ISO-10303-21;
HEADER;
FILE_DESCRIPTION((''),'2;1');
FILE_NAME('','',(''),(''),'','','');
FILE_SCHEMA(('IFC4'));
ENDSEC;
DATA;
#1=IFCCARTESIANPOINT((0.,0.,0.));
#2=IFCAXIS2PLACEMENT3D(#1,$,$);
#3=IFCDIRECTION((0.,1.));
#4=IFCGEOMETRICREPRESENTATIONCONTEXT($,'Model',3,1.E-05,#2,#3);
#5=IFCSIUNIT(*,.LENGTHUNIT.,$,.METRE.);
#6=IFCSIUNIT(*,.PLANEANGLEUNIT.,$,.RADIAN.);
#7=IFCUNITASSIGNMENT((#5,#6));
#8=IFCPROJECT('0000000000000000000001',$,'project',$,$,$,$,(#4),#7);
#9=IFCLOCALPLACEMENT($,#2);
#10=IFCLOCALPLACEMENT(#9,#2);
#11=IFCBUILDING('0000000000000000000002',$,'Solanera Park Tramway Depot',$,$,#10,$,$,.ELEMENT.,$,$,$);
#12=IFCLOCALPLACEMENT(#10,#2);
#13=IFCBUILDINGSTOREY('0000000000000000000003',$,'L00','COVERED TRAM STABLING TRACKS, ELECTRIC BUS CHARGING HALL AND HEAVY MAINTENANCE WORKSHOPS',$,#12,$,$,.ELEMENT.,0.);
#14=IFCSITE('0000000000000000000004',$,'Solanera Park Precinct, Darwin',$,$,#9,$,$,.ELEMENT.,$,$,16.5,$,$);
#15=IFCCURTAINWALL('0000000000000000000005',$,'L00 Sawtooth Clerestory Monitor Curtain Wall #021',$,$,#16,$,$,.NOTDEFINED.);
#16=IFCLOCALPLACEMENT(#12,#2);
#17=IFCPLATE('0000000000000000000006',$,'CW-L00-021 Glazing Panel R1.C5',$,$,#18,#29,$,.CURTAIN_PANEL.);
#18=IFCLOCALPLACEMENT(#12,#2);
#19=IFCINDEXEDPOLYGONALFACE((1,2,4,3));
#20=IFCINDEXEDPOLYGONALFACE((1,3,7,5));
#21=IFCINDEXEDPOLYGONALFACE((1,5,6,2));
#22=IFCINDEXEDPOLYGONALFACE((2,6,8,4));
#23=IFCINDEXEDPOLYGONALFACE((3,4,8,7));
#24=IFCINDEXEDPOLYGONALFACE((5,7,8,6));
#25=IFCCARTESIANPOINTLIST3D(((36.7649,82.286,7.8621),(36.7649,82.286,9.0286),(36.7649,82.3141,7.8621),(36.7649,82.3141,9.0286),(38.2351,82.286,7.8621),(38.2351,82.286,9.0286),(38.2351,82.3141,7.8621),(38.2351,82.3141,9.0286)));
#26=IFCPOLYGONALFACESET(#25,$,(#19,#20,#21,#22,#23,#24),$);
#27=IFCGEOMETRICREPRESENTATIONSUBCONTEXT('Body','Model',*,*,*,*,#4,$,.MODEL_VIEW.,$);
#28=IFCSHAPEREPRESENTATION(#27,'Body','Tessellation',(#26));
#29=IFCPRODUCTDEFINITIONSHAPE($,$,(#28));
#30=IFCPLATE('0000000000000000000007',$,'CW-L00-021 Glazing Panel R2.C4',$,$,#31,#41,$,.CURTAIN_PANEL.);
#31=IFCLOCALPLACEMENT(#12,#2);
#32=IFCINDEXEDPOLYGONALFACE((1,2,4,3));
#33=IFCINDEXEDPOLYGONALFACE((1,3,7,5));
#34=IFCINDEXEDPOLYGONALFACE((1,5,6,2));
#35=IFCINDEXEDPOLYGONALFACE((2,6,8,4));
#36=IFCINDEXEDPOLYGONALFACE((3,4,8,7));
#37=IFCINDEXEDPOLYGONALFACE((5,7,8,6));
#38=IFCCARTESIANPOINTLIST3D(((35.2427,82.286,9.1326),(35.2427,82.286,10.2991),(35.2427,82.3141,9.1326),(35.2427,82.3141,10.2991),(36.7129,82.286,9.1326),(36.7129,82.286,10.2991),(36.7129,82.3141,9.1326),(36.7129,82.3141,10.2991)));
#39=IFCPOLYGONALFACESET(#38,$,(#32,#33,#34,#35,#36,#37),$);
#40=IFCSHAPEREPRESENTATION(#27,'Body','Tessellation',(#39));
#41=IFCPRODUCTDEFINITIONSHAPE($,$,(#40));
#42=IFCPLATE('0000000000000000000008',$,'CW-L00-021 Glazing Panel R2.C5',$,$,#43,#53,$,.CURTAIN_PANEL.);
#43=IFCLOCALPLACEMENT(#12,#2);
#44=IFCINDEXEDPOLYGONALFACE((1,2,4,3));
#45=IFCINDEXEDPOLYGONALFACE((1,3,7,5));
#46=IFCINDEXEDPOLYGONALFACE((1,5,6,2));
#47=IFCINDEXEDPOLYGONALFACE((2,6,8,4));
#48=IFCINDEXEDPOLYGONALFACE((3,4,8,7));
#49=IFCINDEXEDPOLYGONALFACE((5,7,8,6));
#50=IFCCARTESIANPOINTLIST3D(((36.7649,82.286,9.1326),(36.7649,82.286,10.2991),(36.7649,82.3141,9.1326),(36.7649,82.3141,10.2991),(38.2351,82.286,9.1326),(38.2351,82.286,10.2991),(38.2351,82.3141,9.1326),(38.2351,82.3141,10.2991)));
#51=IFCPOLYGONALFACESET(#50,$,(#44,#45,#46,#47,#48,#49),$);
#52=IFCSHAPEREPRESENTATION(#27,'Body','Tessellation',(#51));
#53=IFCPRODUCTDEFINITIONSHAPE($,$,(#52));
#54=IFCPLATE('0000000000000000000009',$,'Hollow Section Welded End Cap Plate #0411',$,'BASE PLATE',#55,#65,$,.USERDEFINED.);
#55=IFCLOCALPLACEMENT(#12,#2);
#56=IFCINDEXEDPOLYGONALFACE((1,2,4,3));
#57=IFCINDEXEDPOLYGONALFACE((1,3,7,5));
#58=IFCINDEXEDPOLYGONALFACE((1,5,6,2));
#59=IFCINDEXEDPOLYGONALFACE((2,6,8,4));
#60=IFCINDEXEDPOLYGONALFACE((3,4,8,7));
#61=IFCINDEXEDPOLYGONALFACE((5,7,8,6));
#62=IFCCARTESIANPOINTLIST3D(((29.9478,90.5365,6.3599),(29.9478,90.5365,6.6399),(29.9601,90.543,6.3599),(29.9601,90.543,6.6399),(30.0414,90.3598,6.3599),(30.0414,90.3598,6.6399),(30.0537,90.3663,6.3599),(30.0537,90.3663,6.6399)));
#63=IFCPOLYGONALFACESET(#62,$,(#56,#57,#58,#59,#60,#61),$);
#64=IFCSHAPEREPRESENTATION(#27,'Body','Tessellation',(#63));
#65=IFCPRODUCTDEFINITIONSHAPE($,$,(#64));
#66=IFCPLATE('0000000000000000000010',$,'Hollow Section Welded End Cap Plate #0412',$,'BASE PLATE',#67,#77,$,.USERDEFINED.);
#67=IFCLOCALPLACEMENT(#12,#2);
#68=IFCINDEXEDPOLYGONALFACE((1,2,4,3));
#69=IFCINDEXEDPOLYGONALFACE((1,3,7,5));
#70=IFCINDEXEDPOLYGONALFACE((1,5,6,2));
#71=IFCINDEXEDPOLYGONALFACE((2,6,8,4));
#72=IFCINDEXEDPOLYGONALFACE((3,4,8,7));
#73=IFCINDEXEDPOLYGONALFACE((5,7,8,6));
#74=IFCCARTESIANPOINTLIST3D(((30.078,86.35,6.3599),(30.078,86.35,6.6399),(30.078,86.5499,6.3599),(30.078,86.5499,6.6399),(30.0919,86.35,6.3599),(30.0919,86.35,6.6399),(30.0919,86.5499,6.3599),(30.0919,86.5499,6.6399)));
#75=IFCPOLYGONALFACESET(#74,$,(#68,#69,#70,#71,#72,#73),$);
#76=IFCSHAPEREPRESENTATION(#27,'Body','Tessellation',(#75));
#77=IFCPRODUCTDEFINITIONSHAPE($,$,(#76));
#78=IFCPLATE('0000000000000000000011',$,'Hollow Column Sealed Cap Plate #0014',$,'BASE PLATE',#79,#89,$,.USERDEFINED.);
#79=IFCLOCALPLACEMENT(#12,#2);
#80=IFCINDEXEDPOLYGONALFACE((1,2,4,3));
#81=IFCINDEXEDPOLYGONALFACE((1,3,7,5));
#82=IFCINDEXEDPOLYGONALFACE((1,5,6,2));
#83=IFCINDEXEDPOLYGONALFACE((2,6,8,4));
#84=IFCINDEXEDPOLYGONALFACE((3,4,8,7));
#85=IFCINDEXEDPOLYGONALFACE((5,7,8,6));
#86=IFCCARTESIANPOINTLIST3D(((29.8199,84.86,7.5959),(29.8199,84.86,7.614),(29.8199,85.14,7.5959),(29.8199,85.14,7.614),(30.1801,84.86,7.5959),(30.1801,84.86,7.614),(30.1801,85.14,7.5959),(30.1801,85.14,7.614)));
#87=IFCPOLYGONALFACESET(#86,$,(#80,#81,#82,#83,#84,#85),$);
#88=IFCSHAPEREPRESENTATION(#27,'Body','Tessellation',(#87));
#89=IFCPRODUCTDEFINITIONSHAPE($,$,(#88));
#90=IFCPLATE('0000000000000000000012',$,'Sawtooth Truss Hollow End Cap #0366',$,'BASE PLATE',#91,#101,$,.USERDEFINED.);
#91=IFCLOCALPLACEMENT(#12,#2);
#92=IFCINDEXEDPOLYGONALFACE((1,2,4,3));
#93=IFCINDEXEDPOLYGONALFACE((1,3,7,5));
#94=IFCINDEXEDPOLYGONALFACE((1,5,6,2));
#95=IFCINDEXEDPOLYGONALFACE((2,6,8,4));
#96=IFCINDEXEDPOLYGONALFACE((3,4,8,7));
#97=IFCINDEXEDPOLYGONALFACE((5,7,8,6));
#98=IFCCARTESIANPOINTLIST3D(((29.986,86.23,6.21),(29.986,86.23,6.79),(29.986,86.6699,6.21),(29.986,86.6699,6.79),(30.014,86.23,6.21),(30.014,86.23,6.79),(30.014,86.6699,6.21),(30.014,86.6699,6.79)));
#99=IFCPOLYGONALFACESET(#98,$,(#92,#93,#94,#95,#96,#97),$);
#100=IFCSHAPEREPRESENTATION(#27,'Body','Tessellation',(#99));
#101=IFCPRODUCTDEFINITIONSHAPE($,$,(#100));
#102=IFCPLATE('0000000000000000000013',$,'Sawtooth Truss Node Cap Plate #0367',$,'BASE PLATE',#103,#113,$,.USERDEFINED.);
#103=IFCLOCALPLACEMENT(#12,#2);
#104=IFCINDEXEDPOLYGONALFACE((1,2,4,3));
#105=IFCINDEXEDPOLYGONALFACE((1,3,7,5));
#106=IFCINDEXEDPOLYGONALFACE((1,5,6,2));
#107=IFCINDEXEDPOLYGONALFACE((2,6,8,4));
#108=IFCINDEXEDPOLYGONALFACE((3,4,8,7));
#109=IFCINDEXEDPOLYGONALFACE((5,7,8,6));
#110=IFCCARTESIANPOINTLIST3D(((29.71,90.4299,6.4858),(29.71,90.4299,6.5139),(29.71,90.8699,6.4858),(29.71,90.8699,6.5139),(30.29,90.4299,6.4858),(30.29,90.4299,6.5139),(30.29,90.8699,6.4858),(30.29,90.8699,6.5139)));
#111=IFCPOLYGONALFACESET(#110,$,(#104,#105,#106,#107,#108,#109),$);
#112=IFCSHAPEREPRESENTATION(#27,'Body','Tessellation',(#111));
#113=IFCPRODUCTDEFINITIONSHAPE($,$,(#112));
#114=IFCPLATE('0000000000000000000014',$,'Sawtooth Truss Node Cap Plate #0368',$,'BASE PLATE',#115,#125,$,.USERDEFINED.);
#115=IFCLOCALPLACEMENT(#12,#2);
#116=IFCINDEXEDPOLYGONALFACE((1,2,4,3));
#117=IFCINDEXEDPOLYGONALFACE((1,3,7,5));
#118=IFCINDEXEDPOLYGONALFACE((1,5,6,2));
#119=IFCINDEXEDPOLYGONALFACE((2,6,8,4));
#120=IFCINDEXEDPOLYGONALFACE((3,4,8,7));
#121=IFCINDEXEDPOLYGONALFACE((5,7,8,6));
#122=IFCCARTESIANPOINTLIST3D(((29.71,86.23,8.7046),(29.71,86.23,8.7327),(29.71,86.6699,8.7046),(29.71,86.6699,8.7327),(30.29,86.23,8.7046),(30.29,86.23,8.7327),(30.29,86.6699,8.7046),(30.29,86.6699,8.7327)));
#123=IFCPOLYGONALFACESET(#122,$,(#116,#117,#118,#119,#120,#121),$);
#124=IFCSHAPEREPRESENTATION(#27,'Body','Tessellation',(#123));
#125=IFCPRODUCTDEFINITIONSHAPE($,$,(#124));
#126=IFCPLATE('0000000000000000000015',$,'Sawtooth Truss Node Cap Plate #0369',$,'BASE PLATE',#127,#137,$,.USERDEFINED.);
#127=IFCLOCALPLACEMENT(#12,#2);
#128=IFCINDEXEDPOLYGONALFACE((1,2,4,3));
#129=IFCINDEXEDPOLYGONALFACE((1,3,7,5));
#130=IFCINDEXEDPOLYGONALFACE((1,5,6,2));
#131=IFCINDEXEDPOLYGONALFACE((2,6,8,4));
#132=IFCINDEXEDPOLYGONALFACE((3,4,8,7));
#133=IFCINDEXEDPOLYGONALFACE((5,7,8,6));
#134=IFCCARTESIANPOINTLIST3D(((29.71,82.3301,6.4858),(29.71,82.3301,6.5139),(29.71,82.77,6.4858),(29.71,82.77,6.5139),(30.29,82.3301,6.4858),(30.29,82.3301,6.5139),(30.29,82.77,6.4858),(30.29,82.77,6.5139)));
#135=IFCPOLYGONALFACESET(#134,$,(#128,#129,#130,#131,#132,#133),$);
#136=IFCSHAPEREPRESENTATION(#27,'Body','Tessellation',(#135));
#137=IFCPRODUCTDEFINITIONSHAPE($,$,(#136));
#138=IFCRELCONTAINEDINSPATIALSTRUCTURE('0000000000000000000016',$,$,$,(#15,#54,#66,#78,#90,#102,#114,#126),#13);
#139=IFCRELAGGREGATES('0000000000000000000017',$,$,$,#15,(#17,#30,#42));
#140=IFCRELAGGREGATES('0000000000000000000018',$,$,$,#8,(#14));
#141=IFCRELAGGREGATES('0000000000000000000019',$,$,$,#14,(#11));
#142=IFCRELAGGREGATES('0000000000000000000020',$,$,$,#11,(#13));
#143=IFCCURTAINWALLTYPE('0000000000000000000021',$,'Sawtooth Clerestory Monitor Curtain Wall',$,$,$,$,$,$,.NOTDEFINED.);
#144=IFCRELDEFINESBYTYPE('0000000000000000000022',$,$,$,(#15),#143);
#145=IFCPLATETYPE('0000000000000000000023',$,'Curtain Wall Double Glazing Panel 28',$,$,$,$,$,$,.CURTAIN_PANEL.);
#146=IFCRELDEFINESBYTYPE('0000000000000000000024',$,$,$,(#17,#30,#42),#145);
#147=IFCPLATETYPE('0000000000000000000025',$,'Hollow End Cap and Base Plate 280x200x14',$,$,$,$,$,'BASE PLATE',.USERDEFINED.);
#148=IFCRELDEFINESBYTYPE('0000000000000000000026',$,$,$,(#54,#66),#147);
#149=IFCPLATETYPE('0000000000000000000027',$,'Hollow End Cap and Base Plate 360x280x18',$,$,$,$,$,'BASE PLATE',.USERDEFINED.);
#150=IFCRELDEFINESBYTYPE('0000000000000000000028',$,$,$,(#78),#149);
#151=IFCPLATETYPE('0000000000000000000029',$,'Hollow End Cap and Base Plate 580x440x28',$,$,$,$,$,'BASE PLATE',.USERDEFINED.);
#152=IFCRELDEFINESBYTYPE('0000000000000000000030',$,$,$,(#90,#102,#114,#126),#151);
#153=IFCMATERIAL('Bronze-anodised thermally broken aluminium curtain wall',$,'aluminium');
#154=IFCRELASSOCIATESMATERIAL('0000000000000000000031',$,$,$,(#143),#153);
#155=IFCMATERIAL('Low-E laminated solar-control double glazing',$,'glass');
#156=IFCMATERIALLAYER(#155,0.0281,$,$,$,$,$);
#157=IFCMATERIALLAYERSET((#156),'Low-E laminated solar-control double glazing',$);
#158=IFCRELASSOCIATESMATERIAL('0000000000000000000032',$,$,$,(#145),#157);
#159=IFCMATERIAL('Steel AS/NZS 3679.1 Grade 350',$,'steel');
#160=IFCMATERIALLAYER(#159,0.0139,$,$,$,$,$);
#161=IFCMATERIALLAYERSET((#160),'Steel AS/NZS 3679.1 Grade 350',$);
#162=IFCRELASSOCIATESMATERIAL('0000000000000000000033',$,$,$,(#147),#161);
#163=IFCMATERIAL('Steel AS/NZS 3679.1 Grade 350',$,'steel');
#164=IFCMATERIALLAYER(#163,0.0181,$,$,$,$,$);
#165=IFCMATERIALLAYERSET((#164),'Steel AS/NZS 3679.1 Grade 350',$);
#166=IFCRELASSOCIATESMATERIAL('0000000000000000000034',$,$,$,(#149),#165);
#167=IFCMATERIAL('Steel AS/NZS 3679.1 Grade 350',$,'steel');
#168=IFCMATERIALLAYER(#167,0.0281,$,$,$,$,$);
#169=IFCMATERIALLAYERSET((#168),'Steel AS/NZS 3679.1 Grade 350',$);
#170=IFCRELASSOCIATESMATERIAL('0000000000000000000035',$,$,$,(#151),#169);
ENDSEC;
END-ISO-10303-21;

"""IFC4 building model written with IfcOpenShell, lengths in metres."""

from ifc_helpers import new_model, si_unit, direction, frame, origin, origin_2d, place, context, subcontext, project, spatial, rectangle, extrude, material, layer, layer_set, type_object, element, aggregate, save


model = new_model("IFC4")

# Units and contexts
model_context = context("Model", 3, precision=1e-05, world=origin(), true_north=direction((0.0, 1.0)))
body_context = subcontext(model_context, "Body", "Model", "MODEL_VIEW")
ifc_project = project(units=[si_unit("LENGTHUNIT", "METRE"), si_unit("PLANEANGLEUNIT", "RADIAN")], contexts=[model_context])

# Site, building, storey
site_placement = place(None, origin())
site = spatial("IfcSite", under=ifc_project, at=site_placement, Name="Solanera Park Precinct, Darwin", CompositionType="ELEMENT", RefElevation=16.5)
building_placement = place(site_placement, origin())
building = spatial("IfcBuilding", under=site, at=building_placement, Name="Solanera Park Tramway Depot", CompositionType="ELEMENT")
storey_placement = place(building_placement, origin())
storey = spatial("IfcBuildingStorey", under=building, at=storey_placement, Name="L00", Description="COVERED TRAM STABLING TRACKS, ELECTRIC BUS CHARGING HALL AND HEAVY MAINTENANCE WORKSHOPS", CompositionType="ELEMENT", Elevation=0.0)

# Curtain wall
ifc_material_1 = material(Name="Bronze-anodised thermally broken aluminium curtain wall", Category="aluminium")
curtain_wall_type = type_object("IfcCurtainWallType", Name="Sawtooth Clerestory Monitor Curtain Wall", PredefinedType="NOTDEFINED", material=ifc_material_1)
curtain_wall_placement = place(storey_placement, origin())
curtain_wall = element("IfcCurtainWall", 1, at=curtain_wall_placement, inside=storey, type_object=curtain_wall_type, Name="L00 Sawtooth Clerestory Monitor Curtain Wall #021", PredefinedType="NOTDEFINED")

# Plates
ifc_material_2 = material(Name="Low-E laminated solar-control double glazing", Category="glass")
ifc_layer_1 = layer(ifc_material_2, 0.0281)
ifc_layer_set_1 = layer_set([ifc_layer_1], Name="Low-E laminated solar-control double glazing")
plate_type_1 = type_object("IfcPlateType", Name="Curtain Wall Double Glazing Panel 28", PredefinedType="CURTAIN_PANEL", material=ifc_layer_set_1)
plate_1_placement = place(storey_placement, frame((37.5, 82.3, 7.8621), z_axis=(0.0, 0.0, 1.0), x_axis=(1.0, 0.0, 0.0)))
plate_1 = element("IfcPlate", 2, at=plate_1_placement, type_object=plate_type_1, Name="CW-L00-021 Glazing Panel R1.C5", PredefinedType="CURTAIN_PANEL", context=body_context, shape_type="SweptSolid", body=[
    extrude(rectangle(XDim=1.4702, YDim=0.0281, at=origin_2d()), origin(), (0.0, 0.0, 1.0), 1.1665),
])
plate_2_placement = place(storey_placement, frame((35.9778, 82.3, 9.1326), z_axis=(0.0, 0.0, 1.0), x_axis=(1.0, 0.0, 0.0)))
plate_2 = element("IfcPlate", 3, at=plate_2_placement, type_object=plate_type_1, Name="CW-L00-021 Glazing Panel R2.C4", PredefinedType="CURTAIN_PANEL", context=body_context, shape_type="SweptSolid", body=[
    extrude(rectangle(XDim=1.4702, YDim=0.0281, at=origin_2d()), origin(), (0.0, 0.0, 1.0), 1.1665),
])
plate_3_placement = place(storey_placement, frame((37.5, 82.3, 9.1326), z_axis=(0.0, 0.0, 1.0), x_axis=(1.0, 0.0, 0.0)))
plate_3 = element("IfcPlate", 4, at=plate_3_placement, type_object=plate_type_1, Name="CW-L00-021 Glazing Panel R2.C5", PredefinedType="CURTAIN_PANEL", context=body_context, shape_type="SweptSolid", body=[
    extrude(rectangle(XDim=1.4702, YDim=0.0281, at=origin_2d()), origin(), (0.0, 0.0, 1.0), 1.1665),
])
aggregate(curtain_wall, [plate_1, plate_2, plate_3])

# Plates
ifc_material_3 = material(Name="Steel AS/NZS 3679.1 Grade 350", Category="steel")
ifc_layer_2 = layer(ifc_material_3, 0.0139)
ifc_layer_set_2 = layer_set([ifc_layer_2], Name="Steel AS/NZS 3679.1 Grade 350")
plate_type_2 = type_object("IfcPlateType", Name="Hollow End Cap and Base Plate 280x200x14", ElementType="BASE PLATE", PredefinedType="USERDEFINED", material=ifc_layer_set_2)
for number, where, z_axis, x_axis, name in (
    (5, (30.0007, 90.4514, 6.3599), (0.0, 0.0, 1.0), (0.883521, 0.468392, 0.0), "Hollow Section Welded End Cap Plate #0411"),
    (6, (30.085, 86.45, 6.3599), (0.0, 0.0, 1.0), (1.0, 0.0, 0.0), "Hollow Section Welded End Cap Plate #0412"),
):
    element("IfcPlate", number, at=place(storey_placement, frame(where, z_axis=z_axis, x_axis=x_axis)), inside=storey, type_object=plate_type_2, Name=name, ObjectType="BASE PLATE", PredefinedType="USERDEFINED", context=body_context, shape_type="SweptSolid", body=[
        extrude(rectangle(XDim=0.0139, YDim=0.2, at=origin_2d()), origin(), (0.0, 0.0, 1.0), 0.28),
    ])
ifc_material_4 = material(Name="Steel AS/NZS 3679.1 Grade 350", Category="steel")
ifc_layer_3 = layer(ifc_material_4, 0.0181)
ifc_layer_set_3 = layer_set([ifc_layer_3], Name="Steel AS/NZS 3679.1 Grade 350")
plate_type_3 = type_object("IfcPlateType", Name="Hollow End Cap and Base Plate 360x280x18", ElementType="BASE PLATE", PredefinedType="USERDEFINED", material=ifc_layer_set_3)
plate_4_placement = place(storey_placement, frame((30.0, 85.0, 7.5959), z_axis=(0.0, 0.0, 1.0), x_axis=(1.0, 0.0, 0.0)))
element("IfcPlate", 7, at=plate_4_placement, inside=storey, type_object=plate_type_3, Name="Hollow Column Sealed Cap Plate #0014", ObjectType="BASE PLATE", PredefinedType="USERDEFINED", context=body_context, shape_type="SweptSolid", body=[
    extrude(rectangle(XDim=0.3601, YDim=0.28, at=origin_2d()), origin(), (0.0, 0.0, 1.0), 0.0181),
])
ifc_material_5 = material(Name="Steel AS/NZS 3679.1 Grade 350", Category="steel")
ifc_layer_4 = layer(ifc_material_5, 0.0281)
ifc_layer_set_4 = layer_set([ifc_layer_4], Name="Steel AS/NZS 3679.1 Grade 350")
plate_type_4 = type_object("IfcPlateType", Name="Hollow End Cap and Base Plate 580x440x28", ElementType="BASE PLATE", PredefinedType="USERDEFINED", material=ifc_layer_set_4)
plate_5_placement = place(storey_placement, frame((30.0, 86.45, 6.21), z_axis=(0.0, 0.0, 1.0), x_axis=(1.0, 0.0, 0.0)))
element("IfcPlate", 8, at=plate_5_placement, inside=storey, type_object=plate_type_4, Name="Sawtooth Truss Hollow End Cap #0366", ObjectType="BASE PLATE", PredefinedType="USERDEFINED", context=body_context, shape_type="SweptSolid", body=[
    extrude(rectangle(XDim=0.0281, YDim=0.4399, at=origin_2d()), origin(), (0.0, 0.0, 1.0), 0.5801),
])
for number, where, z_axis, x_axis, name in (
    (9, (30.0, 90.6499, 6.4858), (0.0, 0.0, 1.0), (1.0, 0.0, 0.0), "Sawtooth Truss Node Cap Plate #0367"),
    (10, (30.0, 86.45, 8.7046), (0.0, 0.0, 1.0), (1.0, 0.0, 0.0), "Sawtooth Truss Node Cap Plate #0368"),
    (11, (30.0, 82.55, 6.4858), (0.0, 0.0, 1.0), (1.0, 0.0, 0.0), "Sawtooth Truss Node Cap Plate #0369"),
):
    element("IfcPlate", number, at=place(storey_placement, frame(where, z_axis=z_axis, x_axis=x_axis)), inside=storey, type_object=plate_type_4, Name=name, ObjectType="BASE PLATE", PredefinedType="USERDEFINED", context=body_context, shape_type="SweptSolid", body=[
        extrude(rectangle(XDim=0.5801, YDim=0.4399, at=origin_2d()), origin(), (0.0, 0.0, 1.0), 0.0281),
    ])

save(model, "model.ifc")
